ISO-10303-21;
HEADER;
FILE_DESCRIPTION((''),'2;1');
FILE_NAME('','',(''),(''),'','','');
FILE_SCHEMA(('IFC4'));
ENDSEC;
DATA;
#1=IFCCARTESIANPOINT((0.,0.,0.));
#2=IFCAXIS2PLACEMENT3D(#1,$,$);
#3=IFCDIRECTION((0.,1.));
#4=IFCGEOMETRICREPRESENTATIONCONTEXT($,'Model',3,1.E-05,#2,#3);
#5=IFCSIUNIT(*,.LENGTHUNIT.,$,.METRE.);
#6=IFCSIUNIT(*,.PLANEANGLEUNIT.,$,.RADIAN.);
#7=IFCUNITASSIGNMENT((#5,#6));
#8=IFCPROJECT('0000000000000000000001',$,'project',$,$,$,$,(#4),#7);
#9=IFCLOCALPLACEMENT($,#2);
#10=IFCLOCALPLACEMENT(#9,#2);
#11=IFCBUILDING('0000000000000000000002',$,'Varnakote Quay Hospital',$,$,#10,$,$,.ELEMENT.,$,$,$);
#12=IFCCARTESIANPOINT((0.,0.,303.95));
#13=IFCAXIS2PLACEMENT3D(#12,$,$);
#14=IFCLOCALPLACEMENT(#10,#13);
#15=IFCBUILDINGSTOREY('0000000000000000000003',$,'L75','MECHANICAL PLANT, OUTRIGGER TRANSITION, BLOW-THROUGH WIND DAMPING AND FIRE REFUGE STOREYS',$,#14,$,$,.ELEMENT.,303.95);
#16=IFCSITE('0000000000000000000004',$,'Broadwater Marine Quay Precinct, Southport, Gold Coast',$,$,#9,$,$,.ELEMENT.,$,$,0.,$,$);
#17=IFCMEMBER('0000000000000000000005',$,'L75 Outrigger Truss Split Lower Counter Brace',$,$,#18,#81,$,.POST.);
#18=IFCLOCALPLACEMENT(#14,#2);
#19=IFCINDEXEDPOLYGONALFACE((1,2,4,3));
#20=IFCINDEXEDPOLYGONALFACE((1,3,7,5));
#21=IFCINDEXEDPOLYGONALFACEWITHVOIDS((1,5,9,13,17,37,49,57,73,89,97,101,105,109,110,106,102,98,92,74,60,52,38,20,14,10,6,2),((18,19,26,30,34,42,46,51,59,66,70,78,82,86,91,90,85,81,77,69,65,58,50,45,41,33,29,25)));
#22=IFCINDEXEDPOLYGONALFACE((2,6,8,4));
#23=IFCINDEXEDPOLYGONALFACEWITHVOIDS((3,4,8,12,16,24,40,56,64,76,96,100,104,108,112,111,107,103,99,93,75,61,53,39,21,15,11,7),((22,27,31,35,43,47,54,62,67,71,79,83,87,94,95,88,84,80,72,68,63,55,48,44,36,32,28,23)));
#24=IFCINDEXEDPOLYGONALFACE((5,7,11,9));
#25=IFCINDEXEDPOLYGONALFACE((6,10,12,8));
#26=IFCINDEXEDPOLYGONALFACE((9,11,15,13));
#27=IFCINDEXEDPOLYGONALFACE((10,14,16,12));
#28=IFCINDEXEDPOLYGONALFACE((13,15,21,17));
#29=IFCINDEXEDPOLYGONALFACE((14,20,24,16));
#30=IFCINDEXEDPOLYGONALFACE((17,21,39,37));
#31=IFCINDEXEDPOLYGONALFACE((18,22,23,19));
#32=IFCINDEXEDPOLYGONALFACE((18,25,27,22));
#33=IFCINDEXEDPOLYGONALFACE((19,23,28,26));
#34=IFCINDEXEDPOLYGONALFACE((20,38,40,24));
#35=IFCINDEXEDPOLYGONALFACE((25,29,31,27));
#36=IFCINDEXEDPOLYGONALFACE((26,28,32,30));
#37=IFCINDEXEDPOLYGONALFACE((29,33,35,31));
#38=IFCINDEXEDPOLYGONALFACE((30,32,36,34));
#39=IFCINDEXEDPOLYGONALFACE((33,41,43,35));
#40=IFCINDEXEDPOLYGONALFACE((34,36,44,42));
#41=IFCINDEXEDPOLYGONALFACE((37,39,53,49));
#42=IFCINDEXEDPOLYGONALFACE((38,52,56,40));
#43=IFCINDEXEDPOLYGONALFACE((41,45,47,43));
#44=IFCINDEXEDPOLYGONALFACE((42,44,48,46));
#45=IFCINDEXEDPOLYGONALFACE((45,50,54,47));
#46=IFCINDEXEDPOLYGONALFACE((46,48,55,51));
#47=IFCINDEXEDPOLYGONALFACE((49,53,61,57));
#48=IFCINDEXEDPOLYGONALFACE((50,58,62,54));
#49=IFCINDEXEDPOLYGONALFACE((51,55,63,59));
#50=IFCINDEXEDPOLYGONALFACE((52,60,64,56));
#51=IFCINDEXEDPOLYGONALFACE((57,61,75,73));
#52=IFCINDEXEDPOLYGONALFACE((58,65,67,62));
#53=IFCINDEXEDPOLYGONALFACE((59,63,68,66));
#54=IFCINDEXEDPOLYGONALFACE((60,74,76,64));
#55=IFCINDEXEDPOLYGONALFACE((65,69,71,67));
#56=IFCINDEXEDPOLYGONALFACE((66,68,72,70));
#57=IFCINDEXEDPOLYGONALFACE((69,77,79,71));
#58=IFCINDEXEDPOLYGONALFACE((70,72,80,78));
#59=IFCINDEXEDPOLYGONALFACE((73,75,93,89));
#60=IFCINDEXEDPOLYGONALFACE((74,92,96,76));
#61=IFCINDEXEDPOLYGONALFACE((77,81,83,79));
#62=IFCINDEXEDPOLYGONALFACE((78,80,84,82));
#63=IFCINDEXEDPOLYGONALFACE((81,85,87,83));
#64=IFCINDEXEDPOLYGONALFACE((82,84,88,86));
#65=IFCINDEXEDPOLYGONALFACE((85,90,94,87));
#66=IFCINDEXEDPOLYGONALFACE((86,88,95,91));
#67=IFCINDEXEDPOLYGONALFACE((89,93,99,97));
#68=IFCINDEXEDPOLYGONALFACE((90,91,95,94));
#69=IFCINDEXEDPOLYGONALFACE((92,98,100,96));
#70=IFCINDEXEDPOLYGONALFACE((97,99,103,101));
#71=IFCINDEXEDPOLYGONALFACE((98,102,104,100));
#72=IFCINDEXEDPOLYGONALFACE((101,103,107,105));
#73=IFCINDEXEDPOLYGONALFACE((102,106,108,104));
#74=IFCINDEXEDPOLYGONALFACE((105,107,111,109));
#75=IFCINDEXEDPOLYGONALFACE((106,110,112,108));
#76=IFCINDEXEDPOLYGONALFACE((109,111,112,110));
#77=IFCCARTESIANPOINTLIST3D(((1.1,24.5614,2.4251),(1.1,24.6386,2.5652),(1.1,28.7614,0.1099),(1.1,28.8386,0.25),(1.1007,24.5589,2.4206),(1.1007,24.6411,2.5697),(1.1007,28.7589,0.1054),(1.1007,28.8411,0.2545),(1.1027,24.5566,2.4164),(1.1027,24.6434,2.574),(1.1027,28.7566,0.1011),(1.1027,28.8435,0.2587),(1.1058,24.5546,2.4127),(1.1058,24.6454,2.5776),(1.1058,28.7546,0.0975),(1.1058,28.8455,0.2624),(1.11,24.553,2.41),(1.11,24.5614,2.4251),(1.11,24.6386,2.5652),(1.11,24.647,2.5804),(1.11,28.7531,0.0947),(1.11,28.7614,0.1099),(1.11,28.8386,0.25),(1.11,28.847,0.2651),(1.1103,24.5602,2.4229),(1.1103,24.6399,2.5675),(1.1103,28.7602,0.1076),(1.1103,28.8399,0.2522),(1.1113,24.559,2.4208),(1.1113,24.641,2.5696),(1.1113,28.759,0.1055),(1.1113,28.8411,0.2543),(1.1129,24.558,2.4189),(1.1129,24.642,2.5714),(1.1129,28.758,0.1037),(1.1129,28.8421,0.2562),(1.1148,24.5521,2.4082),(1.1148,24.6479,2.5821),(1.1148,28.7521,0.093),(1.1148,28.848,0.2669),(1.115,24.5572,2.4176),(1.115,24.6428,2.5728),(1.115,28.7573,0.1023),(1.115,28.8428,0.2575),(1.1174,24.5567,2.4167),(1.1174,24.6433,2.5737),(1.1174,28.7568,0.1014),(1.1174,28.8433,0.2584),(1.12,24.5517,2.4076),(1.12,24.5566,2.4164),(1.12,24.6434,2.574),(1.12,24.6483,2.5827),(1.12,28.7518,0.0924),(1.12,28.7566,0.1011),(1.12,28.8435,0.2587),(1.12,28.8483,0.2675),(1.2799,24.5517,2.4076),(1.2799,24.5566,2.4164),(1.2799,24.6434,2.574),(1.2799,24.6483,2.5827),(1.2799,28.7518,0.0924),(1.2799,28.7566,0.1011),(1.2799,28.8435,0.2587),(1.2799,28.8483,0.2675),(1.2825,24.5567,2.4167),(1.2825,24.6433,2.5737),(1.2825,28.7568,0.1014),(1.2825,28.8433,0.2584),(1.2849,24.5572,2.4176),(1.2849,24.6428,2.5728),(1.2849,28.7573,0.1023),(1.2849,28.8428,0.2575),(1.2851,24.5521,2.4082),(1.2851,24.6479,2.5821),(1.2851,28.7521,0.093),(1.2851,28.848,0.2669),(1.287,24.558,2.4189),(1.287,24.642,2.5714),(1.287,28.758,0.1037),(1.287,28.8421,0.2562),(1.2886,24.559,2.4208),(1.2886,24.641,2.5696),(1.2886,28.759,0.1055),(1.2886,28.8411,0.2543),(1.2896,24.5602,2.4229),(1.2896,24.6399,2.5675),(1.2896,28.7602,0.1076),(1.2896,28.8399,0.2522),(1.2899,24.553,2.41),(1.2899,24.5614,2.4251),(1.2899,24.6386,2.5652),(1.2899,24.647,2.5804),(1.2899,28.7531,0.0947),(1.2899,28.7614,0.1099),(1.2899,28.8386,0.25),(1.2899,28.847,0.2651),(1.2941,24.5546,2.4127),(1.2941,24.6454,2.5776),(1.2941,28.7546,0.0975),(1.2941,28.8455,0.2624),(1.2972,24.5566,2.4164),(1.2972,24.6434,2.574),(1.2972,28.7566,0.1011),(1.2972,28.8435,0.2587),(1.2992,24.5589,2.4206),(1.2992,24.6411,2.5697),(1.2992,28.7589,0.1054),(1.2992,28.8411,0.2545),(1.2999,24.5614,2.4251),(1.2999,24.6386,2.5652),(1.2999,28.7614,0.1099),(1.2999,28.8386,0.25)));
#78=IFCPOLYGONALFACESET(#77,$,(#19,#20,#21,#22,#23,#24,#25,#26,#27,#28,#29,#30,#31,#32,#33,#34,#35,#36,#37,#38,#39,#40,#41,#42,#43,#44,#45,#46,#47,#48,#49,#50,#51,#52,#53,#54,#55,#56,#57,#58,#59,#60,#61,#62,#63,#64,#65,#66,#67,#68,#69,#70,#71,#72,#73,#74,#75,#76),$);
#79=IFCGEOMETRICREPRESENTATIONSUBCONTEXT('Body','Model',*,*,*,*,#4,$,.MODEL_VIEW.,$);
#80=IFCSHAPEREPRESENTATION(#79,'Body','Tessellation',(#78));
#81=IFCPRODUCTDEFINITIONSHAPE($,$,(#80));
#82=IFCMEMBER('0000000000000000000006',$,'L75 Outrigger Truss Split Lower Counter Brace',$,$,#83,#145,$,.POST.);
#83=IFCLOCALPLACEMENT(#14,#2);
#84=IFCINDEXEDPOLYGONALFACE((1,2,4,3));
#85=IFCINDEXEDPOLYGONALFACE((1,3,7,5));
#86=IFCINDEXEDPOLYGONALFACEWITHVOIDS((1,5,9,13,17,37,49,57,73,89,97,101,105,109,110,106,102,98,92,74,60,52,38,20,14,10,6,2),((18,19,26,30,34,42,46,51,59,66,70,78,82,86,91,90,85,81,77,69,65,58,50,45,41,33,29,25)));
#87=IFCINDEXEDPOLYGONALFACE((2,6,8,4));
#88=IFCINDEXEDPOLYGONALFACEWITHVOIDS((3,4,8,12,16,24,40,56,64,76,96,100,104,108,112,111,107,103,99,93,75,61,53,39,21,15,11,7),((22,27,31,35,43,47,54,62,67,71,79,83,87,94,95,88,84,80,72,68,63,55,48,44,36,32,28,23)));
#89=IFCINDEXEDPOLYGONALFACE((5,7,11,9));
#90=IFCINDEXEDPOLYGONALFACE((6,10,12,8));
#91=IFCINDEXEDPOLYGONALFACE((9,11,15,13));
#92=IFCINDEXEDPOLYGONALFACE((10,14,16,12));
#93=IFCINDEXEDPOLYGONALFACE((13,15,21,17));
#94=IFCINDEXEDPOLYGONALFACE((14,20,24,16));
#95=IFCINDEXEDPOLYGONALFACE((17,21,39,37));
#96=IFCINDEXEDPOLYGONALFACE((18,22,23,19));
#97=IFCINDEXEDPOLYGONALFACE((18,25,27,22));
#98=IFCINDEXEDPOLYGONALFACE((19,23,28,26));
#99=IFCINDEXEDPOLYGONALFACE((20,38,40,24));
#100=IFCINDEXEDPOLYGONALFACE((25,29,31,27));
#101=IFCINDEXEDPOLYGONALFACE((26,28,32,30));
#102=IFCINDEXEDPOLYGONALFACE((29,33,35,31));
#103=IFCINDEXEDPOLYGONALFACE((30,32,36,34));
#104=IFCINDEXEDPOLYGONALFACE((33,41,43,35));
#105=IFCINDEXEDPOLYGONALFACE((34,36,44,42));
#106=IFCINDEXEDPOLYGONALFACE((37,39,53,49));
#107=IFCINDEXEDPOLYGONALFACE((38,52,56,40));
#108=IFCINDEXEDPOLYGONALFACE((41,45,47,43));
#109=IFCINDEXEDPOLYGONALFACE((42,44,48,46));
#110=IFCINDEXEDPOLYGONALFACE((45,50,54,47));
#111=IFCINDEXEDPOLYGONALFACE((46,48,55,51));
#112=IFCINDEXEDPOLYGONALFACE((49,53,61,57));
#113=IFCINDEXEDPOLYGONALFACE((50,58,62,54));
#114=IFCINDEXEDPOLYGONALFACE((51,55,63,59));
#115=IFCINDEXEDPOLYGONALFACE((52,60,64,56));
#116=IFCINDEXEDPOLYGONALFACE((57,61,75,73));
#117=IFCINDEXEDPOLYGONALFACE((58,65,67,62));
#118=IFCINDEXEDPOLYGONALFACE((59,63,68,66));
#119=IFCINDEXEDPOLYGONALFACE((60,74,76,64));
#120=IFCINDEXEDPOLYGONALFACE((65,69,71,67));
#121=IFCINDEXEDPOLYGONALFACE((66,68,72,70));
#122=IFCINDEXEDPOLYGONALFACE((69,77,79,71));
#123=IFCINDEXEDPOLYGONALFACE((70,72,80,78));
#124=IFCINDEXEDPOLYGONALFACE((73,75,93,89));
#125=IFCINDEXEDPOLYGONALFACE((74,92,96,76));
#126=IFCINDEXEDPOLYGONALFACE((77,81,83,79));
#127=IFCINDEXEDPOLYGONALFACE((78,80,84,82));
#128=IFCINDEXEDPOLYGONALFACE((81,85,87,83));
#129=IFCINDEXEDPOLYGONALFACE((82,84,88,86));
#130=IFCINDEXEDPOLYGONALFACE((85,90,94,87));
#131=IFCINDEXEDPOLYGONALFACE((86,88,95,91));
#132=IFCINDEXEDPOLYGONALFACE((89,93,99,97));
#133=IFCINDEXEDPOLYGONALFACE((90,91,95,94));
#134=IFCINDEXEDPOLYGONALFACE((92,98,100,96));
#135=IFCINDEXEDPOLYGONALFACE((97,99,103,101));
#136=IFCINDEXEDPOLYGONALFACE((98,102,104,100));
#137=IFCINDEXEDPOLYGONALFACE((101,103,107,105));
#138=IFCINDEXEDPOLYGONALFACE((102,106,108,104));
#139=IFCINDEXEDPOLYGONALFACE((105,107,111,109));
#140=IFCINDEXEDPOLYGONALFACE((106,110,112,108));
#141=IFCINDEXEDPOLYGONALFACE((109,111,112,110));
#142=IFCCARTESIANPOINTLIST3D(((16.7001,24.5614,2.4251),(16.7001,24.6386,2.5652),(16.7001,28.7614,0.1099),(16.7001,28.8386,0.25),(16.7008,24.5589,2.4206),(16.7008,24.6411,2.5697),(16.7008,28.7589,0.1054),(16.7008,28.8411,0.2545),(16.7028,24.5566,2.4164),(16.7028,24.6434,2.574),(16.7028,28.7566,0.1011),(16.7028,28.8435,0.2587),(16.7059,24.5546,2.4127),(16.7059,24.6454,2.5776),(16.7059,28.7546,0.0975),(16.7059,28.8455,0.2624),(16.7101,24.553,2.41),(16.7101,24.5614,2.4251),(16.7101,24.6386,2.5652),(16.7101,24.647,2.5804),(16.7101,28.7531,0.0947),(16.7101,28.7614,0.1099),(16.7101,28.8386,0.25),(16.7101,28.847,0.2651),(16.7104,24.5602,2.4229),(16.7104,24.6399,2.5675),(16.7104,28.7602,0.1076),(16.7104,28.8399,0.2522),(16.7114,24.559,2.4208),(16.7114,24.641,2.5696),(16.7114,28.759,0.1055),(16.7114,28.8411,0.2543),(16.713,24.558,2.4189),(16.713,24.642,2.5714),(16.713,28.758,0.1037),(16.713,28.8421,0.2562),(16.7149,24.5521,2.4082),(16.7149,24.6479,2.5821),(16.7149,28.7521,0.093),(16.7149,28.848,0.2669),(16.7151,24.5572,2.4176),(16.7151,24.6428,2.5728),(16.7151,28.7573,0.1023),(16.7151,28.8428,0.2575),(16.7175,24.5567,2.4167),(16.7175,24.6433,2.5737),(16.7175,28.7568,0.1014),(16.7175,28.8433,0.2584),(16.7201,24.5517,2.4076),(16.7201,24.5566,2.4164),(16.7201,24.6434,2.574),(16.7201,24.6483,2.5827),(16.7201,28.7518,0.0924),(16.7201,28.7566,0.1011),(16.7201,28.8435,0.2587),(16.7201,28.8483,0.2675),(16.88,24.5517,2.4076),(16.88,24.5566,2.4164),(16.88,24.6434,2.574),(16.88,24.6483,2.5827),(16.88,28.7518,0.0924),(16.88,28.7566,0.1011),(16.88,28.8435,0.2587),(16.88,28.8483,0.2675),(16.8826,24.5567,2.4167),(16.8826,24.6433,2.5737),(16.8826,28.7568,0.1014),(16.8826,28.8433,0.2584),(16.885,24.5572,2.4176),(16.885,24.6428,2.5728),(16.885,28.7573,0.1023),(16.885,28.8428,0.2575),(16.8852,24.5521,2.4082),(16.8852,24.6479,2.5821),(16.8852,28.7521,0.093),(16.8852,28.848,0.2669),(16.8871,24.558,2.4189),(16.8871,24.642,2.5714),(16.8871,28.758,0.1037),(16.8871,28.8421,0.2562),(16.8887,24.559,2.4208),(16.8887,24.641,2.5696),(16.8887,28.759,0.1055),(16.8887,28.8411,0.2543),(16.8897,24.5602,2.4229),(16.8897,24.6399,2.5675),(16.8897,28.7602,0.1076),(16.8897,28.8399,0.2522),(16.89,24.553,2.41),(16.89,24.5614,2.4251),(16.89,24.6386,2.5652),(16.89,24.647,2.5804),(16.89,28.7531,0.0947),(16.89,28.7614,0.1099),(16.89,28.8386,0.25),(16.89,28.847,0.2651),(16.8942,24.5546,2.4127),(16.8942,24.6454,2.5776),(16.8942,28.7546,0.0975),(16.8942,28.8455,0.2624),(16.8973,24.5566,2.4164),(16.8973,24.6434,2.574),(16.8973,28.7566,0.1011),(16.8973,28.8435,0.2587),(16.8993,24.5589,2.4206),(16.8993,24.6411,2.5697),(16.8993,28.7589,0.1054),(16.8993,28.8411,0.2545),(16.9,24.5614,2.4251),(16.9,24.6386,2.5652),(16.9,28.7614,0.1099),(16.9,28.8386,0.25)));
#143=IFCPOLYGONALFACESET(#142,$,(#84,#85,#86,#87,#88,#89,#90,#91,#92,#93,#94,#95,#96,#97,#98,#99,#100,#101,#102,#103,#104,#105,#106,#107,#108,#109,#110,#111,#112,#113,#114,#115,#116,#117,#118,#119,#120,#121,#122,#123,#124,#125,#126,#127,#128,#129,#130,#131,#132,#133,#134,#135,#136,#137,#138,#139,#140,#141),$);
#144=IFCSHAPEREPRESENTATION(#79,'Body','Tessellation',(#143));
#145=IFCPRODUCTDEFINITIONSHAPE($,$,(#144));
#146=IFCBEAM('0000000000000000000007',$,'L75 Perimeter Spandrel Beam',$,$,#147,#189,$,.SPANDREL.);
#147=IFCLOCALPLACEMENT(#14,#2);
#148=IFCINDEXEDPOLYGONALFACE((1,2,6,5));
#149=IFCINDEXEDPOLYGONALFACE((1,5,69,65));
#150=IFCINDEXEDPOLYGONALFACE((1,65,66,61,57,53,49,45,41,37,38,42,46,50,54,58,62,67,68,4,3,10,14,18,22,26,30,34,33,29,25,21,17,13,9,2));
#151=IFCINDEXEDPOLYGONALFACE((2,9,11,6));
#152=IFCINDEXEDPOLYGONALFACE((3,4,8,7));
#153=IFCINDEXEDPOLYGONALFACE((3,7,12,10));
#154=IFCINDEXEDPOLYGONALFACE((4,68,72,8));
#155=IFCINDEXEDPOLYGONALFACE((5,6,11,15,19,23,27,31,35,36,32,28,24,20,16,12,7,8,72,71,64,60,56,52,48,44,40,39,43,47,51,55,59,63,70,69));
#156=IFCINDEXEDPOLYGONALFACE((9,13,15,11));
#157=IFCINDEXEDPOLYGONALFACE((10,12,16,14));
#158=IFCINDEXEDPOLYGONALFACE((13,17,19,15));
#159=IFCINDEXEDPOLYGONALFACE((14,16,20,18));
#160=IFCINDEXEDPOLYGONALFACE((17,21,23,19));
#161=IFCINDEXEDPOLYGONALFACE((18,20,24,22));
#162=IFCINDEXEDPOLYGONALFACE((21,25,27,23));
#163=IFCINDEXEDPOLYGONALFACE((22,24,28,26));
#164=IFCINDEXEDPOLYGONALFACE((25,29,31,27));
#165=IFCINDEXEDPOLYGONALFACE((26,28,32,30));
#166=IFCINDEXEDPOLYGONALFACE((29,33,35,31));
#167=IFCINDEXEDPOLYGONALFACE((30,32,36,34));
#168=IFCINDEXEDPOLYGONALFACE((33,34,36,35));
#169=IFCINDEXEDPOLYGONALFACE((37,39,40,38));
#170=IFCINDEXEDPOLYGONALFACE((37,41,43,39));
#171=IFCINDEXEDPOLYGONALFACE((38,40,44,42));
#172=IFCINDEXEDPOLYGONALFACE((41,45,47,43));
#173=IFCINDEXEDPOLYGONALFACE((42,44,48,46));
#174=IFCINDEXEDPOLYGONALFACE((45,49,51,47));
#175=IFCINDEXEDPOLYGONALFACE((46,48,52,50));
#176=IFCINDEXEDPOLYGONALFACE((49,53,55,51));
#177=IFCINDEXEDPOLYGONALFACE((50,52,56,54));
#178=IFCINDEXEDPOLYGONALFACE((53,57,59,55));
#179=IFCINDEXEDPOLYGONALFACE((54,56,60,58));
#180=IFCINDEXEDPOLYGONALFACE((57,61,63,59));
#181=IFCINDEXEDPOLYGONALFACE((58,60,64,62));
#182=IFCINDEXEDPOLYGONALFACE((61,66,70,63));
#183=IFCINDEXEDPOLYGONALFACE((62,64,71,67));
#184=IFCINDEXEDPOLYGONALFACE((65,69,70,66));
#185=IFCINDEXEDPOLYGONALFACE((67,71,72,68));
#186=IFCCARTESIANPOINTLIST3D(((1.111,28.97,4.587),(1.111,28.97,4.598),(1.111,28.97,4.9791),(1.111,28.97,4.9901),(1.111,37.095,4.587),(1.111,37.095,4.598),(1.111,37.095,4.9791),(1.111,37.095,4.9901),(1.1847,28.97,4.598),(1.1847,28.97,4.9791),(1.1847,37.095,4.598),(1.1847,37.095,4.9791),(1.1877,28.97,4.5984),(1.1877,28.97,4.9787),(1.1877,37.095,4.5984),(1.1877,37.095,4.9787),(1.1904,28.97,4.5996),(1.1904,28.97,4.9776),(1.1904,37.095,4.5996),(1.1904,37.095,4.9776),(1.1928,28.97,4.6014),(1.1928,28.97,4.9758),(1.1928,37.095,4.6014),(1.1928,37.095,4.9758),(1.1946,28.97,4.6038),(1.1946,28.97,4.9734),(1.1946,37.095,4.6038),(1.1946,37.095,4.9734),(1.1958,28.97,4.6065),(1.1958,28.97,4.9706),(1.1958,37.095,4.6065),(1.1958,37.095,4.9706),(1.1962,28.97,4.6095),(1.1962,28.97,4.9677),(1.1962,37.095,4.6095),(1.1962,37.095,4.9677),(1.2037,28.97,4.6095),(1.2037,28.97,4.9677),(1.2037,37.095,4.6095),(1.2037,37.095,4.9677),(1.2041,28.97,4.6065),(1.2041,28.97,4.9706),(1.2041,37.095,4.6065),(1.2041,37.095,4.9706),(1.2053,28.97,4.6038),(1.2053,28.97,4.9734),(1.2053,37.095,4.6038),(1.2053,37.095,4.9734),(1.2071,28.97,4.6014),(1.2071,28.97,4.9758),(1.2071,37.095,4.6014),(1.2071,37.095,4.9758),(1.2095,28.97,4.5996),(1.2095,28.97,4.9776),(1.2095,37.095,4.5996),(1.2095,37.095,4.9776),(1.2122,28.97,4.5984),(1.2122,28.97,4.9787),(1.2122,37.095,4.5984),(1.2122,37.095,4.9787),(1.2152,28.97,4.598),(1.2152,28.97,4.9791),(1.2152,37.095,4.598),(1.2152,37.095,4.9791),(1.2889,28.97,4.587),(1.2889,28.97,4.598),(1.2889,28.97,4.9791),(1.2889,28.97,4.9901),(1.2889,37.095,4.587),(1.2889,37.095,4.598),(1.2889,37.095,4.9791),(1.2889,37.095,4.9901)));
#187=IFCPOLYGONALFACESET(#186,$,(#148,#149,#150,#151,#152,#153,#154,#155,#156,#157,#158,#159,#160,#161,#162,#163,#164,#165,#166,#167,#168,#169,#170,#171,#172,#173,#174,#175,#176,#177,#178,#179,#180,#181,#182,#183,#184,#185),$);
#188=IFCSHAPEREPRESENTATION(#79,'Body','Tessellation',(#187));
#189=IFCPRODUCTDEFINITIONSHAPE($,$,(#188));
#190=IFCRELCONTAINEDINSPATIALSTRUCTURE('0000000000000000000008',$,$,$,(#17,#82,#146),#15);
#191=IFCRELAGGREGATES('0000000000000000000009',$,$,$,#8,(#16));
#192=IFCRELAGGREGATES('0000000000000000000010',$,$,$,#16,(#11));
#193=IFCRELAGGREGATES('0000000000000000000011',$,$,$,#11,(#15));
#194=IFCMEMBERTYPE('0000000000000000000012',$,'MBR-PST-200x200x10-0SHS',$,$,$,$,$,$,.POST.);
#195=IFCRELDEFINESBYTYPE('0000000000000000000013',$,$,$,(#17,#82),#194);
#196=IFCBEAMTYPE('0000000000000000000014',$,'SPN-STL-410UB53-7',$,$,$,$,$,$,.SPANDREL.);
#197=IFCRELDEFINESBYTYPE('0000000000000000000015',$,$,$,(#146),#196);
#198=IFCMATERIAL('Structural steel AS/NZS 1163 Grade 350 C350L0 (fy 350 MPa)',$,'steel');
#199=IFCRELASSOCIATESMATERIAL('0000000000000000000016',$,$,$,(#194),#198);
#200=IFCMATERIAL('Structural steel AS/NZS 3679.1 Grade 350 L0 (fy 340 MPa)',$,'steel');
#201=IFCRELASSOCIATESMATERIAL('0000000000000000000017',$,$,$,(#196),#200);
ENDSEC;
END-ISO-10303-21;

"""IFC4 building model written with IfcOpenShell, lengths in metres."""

from ifc_helpers import new_model, si_unit, direction, frame, origin, origin_2d, place, context, subcontext, project, spatial, hollow_rectangle, i_section, extrude, material, material_profile, profile_set, type_object, element, save


model = new_model("IFC4")

# Units and contexts
model_context = context("Model", 3, precision=1e-05, world=origin(), true_north=direction((0.0, 1.0)))
body_context = subcontext(model_context, "Body", "Model", "MODEL_VIEW")
ifc_project = project(units=[si_unit("LENGTHUNIT", "METRE"), si_unit("PLANEANGLEUNIT", "RADIAN")], contexts=[model_context])

# Site, building, storey
site_placement = place(None, origin())
site = spatial("IfcSite", under=ifc_project, at=site_placement, Name="Broadwater Marine Quay Precinct, Southport, Gold Coast", CompositionType="ELEMENT", RefElevation=0.0)
building_placement = place(site_placement, origin())
building = spatial("IfcBuilding", under=site, at=building_placement, Name="Varnakote Quay Hospital", CompositionType="ELEMENT")
storey_placement = place(building_placement, frame((0.0, 0.0, 303.95)))
storey = spatial("IfcBuildingStorey", under=building, at=storey_placement, Name="L75", Description="MECHANICAL PLANT, OUTRIGGER TRANSITION, BLOW-THROUGH WIND DAMPING AND FIRE REFUGE STOREYS", CompositionType="ELEMENT", Elevation=303.95)

# Members
ifc_material_1 = material(Name="Structural steel AS/NZS 1163 Grade 350 C350L0 (fy 350 MPa)", Category="steel")
ifc_material_profile_1 = material_profile(ifc_material_1, hollow_rectangle(XDim=0.2, YDim=0.2, WallThickness=0.01, InnerFilletRadius=0.01, OuterFilletRadius=0.02, at=origin_2d()), Name="200x200x10.0SHS")
ifc_profile_set_1 = profile_set([ifc_material_profile_1], Name="Structural steel AS/NZS 1163 Grade 350 C350L0 (fy 350 MPa)")
member_type_1 = type_object("IfcMemberType", Name="MBR-PST-200x200x10-0SHS", PredefinedType="POST", material=ifc_profile_set_1)
for number, where, z_axis, x_axis, name in (
    (1, (1.2, 28.8, 0.1799), (0.0, -0.875757, 0.482753), (1.0, 0.0, 0.0), "L75 Outrigger Truss Split Lower Counter Brace"),
    (2, (16.8, 28.8, 0.1799), (0.0, -0.875757, 0.482753), (1.0, 0.0, 0.0), "L75 Outrigger Truss Split Lower Counter Brace"),
):
    element("IfcMember", number, at=place(storey_placement, frame(where, z_axis=z_axis, x_axis=x_axis)), inside=storey, type_object=member_type_1, Name=name, PredefinedType="POST", context=body_context, shape_type="SweptSolid", body=[
        extrude(hollow_rectangle(XDim=0.2, YDim=0.2, WallThickness=0.01, InnerFilletRadius=0.01, OuterFilletRadius=0.02, at=origin_2d()), origin(), (0.0, 0.0, 1.0), 4.7959),
    ])

# Beam
ifc_material_2 = material(Name="Structural steel AS/NZS 3679.1 Grade 350 L0 (fy 340 MPa)", Category="steel")
ifc_material_profile_2 = material_profile(ifc_material_2, i_section(OverallWidth=0.178, OverallDepth=0.4031, WebThickness=0.0076, FlangeThickness=0.011, FilletRadius=0.0115, at=origin_2d()), Name="410UB53.7")
ifc_profile_set_2 = profile_set([ifc_material_profile_2], Name="Structural steel AS/NZS 3679.1 Grade 350 L0 (fy 340 MPa)")
beam_type_1 = type_object("IfcBeamType", Name="SPN-STL-410UB53-7", PredefinedType="SPANDREL", material=ifc_profile_set_2)
beam_1_placement = place(storey_placement, frame((1.2, 28.97, 4.7886), z_axis=(0.0, 1.0, 0.0), x_axis=(-1.0, 0.0, 0.0)))
element("IfcBeam", 3, at=beam_1_placement, inside=storey, type_object=beam_type_1, Name="L75 Perimeter Spandrel Beam", PredefinedType="SPANDREL", context=body_context, shape_type="SweptSolid", body=[
    extrude(i_section(OverallWidth=0.178, OverallDepth=0.4031, WebThickness=0.0076, FlangeThickness=0.011, FilletRadius=0.0115, at=origin_2d()), origin(), (0.0, 0.0, 1.0), 8.125),
])

save(model, "model.ifc")
